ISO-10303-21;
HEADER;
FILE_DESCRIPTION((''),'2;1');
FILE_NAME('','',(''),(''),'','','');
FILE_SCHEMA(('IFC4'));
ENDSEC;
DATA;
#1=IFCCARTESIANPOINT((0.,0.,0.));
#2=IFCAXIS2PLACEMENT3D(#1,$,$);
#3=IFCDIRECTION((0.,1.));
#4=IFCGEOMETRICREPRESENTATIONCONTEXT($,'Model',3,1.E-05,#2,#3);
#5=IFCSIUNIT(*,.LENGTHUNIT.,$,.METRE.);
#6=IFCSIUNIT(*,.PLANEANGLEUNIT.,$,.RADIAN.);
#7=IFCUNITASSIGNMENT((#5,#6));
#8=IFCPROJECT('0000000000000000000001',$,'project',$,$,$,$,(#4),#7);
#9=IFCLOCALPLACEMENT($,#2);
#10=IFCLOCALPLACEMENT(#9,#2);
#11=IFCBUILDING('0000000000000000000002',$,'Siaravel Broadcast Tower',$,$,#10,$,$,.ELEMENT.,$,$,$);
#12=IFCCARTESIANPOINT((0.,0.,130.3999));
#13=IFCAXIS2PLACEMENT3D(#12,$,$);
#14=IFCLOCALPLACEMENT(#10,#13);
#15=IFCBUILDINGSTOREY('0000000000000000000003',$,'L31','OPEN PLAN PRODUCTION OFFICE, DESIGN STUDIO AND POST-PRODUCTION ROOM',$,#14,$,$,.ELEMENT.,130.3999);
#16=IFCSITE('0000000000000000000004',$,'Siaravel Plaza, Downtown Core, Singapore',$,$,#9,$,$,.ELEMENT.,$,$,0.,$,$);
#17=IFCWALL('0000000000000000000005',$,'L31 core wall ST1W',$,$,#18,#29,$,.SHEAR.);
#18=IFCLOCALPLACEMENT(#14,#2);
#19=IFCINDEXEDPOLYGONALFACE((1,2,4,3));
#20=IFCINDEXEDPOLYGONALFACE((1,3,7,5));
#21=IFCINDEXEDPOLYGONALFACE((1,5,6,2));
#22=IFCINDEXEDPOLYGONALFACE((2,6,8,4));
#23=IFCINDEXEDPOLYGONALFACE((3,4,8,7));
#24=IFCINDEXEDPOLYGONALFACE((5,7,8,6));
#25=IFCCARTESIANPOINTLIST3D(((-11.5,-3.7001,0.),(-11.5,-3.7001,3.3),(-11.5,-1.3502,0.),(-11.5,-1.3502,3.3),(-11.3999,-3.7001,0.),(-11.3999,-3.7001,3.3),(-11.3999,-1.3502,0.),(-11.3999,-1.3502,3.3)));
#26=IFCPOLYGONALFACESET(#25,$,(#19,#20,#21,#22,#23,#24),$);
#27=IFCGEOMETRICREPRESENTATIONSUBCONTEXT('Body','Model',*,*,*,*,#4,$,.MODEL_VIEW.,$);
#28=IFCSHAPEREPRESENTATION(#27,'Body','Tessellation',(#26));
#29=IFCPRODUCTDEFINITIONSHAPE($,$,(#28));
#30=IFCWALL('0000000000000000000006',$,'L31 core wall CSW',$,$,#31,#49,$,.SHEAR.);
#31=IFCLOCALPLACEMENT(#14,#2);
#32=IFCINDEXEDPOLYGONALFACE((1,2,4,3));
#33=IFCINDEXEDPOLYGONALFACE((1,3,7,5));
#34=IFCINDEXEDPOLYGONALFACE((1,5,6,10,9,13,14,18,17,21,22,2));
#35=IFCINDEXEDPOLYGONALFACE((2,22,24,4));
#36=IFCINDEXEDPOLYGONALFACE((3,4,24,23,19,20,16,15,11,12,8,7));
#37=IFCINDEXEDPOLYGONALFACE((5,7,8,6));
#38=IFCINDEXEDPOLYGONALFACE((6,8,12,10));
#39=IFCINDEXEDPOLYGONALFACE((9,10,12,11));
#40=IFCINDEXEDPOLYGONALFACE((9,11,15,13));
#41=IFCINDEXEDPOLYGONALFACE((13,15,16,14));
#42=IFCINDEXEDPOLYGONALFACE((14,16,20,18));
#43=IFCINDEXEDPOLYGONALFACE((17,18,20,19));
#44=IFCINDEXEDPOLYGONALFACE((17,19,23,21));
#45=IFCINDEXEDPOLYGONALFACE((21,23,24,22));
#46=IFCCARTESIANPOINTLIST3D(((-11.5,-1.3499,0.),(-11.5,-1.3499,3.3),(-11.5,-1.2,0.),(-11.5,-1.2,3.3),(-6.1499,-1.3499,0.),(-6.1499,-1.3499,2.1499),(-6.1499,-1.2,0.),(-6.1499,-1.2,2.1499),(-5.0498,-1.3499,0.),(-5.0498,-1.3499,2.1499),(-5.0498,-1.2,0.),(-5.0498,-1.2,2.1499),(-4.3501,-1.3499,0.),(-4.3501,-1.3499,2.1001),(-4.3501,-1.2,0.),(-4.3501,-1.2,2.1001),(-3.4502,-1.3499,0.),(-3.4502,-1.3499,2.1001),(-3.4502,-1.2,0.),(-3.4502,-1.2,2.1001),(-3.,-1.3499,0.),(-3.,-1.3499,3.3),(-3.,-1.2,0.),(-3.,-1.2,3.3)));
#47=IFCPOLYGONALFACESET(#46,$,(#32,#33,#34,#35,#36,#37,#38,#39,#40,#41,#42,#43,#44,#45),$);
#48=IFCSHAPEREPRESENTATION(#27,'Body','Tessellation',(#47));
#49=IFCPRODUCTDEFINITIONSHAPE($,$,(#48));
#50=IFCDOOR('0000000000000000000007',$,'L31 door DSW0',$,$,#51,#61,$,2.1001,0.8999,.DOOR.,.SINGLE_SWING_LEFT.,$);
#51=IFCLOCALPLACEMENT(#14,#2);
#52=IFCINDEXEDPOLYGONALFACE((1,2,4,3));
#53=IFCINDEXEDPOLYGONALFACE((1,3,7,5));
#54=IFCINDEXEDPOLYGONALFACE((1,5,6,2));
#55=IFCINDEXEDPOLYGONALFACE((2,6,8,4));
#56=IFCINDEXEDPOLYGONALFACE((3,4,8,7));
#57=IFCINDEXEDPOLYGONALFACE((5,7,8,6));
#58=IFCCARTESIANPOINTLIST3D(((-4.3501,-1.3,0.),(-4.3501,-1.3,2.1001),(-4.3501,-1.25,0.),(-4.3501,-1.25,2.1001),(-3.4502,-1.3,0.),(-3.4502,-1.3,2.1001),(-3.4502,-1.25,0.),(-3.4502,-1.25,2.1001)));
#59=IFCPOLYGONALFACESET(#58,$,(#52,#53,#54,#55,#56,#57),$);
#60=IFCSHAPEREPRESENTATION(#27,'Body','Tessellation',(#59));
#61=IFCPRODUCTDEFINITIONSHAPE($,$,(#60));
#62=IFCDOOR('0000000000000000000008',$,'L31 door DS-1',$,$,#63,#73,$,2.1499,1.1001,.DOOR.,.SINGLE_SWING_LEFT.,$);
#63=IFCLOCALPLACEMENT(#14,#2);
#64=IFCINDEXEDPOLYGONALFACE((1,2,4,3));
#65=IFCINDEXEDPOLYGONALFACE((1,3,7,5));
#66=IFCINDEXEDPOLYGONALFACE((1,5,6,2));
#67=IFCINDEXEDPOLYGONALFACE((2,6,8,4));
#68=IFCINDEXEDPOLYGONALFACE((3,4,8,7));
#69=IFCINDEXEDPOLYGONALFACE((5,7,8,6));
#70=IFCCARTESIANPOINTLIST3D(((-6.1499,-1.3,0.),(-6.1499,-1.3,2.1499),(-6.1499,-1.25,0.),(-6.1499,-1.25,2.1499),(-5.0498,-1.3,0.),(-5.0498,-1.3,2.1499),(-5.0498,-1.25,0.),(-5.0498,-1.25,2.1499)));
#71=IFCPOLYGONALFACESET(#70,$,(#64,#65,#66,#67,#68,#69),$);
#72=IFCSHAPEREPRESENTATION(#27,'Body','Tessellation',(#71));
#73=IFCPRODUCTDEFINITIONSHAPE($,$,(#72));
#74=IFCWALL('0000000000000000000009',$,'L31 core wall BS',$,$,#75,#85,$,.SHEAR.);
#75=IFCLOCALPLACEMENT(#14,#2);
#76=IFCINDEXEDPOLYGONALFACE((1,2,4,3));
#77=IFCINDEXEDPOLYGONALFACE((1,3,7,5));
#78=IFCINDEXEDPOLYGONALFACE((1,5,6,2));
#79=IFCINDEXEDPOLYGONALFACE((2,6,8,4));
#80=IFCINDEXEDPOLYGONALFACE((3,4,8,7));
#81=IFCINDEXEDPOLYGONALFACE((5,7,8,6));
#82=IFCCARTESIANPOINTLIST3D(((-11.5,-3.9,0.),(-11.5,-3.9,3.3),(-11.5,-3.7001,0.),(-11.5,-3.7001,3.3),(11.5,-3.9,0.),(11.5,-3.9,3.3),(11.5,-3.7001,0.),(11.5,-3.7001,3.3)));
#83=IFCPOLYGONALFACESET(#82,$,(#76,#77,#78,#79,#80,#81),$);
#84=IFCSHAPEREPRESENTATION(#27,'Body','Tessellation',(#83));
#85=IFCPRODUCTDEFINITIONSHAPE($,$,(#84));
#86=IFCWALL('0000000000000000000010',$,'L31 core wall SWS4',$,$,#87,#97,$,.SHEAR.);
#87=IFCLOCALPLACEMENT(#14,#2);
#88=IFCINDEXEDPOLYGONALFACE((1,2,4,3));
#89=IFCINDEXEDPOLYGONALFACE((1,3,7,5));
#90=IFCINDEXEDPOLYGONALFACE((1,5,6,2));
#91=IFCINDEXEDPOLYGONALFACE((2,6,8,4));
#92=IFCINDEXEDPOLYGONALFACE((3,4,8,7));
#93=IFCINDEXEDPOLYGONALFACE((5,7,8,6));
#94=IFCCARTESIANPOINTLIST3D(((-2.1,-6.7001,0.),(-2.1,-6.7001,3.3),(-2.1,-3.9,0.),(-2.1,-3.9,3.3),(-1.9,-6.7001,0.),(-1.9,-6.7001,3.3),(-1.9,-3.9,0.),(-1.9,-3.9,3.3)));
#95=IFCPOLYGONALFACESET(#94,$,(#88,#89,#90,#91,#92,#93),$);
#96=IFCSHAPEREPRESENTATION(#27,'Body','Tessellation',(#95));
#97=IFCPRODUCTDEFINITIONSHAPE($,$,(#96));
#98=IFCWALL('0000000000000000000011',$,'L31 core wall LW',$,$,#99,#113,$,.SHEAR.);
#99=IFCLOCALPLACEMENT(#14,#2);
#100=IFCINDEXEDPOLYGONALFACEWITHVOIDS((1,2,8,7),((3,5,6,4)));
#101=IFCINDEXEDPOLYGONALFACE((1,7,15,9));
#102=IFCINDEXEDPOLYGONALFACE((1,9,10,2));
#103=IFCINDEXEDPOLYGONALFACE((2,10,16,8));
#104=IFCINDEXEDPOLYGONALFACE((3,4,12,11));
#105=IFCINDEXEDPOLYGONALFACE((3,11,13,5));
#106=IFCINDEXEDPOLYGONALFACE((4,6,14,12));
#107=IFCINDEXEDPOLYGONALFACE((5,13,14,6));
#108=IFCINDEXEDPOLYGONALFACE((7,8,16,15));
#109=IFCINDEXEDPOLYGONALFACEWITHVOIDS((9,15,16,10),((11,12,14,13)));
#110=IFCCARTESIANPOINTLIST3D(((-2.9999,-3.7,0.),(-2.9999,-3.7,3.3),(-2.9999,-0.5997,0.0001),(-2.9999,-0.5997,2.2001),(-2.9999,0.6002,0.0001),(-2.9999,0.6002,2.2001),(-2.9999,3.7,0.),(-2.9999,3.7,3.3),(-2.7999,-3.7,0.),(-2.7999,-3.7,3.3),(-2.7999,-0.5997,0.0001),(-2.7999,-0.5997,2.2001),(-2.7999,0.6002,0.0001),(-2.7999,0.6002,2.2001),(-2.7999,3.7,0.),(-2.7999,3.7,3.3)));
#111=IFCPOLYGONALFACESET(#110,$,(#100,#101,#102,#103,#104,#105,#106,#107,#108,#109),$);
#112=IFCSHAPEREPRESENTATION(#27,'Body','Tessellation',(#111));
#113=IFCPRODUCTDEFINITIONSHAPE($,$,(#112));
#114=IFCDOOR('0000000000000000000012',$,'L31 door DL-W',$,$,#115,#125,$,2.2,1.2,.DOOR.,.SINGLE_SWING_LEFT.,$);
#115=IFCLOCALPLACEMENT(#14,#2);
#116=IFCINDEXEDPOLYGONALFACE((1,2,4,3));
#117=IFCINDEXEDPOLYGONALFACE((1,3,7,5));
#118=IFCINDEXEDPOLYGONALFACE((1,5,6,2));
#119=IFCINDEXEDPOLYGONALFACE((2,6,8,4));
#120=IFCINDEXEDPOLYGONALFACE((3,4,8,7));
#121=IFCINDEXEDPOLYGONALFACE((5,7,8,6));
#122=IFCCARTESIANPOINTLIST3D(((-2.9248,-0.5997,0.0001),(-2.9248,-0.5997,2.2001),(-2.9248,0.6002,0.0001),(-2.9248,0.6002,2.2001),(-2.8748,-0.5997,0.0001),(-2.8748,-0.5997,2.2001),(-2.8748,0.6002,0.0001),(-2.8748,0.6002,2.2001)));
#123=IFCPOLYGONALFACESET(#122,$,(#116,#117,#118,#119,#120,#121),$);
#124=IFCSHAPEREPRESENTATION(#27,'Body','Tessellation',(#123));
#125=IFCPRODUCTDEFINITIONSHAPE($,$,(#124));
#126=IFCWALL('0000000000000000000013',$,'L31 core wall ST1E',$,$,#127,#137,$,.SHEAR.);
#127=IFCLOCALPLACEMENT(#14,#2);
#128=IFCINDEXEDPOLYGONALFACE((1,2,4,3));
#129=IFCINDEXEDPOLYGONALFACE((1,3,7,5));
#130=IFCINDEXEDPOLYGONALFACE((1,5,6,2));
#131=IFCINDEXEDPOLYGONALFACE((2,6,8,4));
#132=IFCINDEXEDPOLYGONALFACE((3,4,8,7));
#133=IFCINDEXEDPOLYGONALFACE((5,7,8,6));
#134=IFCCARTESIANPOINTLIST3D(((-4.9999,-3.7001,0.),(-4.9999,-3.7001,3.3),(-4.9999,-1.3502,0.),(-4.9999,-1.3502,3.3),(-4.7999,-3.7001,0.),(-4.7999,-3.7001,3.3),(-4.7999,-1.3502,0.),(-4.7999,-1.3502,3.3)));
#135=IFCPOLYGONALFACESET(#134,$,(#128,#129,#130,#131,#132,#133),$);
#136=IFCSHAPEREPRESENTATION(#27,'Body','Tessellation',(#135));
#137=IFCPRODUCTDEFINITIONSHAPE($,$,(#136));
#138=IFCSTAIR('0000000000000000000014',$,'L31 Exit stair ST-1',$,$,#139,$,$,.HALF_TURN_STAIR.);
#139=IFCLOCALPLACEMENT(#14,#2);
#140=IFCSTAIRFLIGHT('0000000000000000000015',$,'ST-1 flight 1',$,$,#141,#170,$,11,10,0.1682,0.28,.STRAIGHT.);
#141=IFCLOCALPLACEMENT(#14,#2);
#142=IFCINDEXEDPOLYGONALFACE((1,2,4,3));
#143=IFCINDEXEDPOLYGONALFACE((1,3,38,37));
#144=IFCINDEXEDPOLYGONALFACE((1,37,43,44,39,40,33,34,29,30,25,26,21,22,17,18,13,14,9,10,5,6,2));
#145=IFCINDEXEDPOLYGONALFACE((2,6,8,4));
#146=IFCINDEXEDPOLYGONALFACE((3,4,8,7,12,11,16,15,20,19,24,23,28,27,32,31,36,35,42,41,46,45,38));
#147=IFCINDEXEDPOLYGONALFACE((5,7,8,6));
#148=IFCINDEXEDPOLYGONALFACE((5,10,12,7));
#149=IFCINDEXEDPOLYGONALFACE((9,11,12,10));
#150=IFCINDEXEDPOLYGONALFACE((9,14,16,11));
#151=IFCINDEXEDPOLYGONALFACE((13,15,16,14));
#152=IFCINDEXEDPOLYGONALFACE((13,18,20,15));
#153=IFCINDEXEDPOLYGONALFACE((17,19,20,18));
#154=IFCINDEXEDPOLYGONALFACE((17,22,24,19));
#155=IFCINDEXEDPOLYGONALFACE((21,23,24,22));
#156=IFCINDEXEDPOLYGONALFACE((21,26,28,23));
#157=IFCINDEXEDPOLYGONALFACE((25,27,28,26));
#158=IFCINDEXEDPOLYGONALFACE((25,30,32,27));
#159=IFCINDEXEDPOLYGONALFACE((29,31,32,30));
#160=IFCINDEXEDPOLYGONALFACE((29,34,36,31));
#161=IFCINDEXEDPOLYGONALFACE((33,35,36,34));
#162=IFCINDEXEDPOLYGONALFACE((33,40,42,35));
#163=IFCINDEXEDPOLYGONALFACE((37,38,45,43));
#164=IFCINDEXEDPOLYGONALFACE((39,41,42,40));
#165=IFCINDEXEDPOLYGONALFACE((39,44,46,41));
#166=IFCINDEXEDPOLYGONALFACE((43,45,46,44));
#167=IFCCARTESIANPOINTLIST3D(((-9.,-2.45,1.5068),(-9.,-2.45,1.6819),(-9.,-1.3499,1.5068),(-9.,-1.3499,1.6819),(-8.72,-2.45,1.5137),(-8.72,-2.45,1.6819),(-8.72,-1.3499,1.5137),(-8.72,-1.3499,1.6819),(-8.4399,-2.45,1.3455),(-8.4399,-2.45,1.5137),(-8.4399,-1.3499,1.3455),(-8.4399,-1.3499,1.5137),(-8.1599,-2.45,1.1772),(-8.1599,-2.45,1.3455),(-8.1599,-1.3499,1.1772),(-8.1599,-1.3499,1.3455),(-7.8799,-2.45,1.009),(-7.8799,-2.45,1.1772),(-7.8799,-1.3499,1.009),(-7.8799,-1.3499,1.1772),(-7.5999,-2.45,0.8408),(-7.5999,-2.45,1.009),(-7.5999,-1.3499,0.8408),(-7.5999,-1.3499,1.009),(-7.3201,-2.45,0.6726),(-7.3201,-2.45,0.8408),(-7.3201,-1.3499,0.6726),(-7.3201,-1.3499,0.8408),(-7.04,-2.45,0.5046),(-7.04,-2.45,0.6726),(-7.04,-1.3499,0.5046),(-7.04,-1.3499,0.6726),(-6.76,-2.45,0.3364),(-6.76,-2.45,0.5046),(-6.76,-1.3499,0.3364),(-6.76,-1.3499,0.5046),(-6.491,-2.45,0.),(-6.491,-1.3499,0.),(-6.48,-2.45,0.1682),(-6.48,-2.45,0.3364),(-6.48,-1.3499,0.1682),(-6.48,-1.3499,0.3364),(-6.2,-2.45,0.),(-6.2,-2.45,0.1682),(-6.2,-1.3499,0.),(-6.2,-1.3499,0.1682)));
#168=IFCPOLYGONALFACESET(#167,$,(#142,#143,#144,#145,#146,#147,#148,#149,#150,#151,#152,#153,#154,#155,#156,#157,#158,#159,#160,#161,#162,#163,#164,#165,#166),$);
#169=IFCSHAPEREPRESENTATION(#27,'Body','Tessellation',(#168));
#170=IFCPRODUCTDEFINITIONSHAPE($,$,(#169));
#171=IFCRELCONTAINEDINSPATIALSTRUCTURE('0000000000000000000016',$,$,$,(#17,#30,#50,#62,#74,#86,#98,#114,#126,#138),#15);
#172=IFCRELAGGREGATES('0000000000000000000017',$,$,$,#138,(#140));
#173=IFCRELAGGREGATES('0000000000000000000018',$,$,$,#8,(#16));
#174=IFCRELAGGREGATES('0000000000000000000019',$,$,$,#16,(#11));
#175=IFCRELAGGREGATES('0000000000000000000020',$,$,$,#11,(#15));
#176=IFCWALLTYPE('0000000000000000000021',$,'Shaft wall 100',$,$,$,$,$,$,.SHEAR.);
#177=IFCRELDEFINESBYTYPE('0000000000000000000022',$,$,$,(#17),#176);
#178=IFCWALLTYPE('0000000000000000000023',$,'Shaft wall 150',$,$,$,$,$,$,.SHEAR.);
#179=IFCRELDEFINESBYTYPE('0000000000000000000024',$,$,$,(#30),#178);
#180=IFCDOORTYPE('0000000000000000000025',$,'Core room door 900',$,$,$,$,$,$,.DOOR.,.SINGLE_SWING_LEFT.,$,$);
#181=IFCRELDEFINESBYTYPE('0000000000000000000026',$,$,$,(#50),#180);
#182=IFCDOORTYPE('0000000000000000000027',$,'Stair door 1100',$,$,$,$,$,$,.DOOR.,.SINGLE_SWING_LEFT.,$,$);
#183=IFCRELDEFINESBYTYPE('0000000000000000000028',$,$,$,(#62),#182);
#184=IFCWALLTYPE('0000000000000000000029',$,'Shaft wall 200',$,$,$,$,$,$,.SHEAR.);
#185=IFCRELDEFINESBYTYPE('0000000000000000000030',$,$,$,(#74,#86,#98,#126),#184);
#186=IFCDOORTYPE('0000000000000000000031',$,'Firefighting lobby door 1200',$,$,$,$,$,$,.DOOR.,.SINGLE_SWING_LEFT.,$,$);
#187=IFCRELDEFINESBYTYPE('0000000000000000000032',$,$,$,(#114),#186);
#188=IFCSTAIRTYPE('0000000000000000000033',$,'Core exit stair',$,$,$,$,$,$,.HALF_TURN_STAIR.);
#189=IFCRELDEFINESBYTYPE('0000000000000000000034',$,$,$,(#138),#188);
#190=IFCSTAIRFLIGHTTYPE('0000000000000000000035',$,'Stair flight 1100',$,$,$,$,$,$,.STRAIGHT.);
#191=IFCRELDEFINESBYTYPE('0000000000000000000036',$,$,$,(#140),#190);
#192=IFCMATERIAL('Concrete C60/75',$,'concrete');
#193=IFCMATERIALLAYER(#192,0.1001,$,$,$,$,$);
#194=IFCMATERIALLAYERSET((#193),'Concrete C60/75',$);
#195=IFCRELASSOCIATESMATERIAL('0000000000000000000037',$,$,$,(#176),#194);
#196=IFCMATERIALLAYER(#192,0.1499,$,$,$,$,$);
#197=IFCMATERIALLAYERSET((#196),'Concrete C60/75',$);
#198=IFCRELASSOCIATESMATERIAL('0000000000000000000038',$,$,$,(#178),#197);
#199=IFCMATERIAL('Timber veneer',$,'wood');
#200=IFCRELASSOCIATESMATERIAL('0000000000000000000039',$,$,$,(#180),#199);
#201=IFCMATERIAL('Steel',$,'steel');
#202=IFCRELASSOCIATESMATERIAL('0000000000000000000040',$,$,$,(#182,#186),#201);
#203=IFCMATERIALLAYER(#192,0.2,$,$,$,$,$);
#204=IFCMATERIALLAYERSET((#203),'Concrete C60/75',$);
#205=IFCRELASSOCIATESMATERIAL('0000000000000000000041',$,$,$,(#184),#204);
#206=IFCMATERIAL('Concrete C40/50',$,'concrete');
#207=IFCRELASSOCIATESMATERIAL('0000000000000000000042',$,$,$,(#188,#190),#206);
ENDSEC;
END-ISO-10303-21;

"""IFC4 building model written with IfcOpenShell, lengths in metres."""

from ifc_helpers import new_model, si_unit, direction, frame, frame_2d, origin, place, context, subcontext, project, spatial, polyline, rectangle, outline, extrude, material, layer, layer_set, type_object, element, fill, aggregate, save


model = new_model("IFC4")

# Units and contexts
model_context = context("Model", 3, precision=1e-05, world=origin(), true_north=direction((0.0, 1.0)))
body_context = subcontext(model_context, "Body", "Model", "MODEL_VIEW")
ifc_project = project(units=[si_unit("LENGTHUNIT", "METRE"), si_unit("PLANEANGLEUNIT", "RADIAN")], contexts=[model_context])

# Site, building, storey
site_placement = place(None, origin())
site = spatial("IfcSite", under=ifc_project, at=site_placement, Name="Siaravel Plaza, Downtown Core, Singapore", CompositionType="ELEMENT", RefElevation=0.0)
building_placement = place(site_placement, origin())
building = spatial("IfcBuilding", under=site, at=building_placement, Name="Siaravel Broadcast Tower", CompositionType="ELEMENT")
storey_placement = place(building_placement, frame((0.0, 0.0, 130.3999)))
storey = spatial("IfcBuildingStorey", under=building, at=storey_placement, Name="L31", Description="OPEN PLAN PRODUCTION OFFICE, DESIGN STUDIO AND POST-PRODUCTION ROOM", CompositionType="ELEMENT", Elevation=130.3999)

# Wall
ifc_material_1 = material(Name="Concrete C60/75", Category="concrete")
ifc_layer_1 = layer(ifc_material_1, 0.1001)
ifc_layer_set_1 = layer_set([ifc_layer_1], Name="Concrete C60/75")
wall_type_1 = type_object("IfcWallType", Name="Shaft wall 100", PredefinedType="SHEAR", material=ifc_layer_set_1)
wall_1_placement = place(storey_placement, frame((-11.45, -3.7, 0.0), z_axis=(0.0, 0.0, 1.0), x_axis=(0.0, 1.0, 0.0)))
element("IfcWall", 1, at=wall_1_placement, inside=storey, type_object=wall_type_1, Name="L31 core wall ST1W", PredefinedType="SHEAR", context=body_context, shape_type="SweptSolid", body=[
    extrude(rectangle(XDim=2.3499, YDim=0.1001, at=frame_2d((1.1748, 0.0))), origin(), (0.0, 0.0, 1.0), 3.3),
])

# Wall, openings, doors
ifc_layer_2 = layer(ifc_material_1, 0.1499)
ifc_layer_set_2 = layer_set([ifc_layer_2], Name="Concrete C60/75")
wall_type_2 = type_object("IfcWallType", Name="Shaft wall 150", PredefinedType="SHEAR", material=ifc_layer_set_2)
wall_2_placement = place(storey_placement, frame((-11.5, -1.2749, 0.0), z_axis=(0.0, 0.0, 1.0), x_axis=(1.0, 0.0, 0.0)))
wall_2 = element("IfcWall", 2, at=wall_2_placement, inside=storey, type_object=wall_type_2, Name="L31 core wall CSW", PredefinedType="SHEAR", context=body_context, shape_type="SweptSolid", body=[
    extrude(rectangle(XDim=8.5, YDim=0.1499, at=frame_2d((4.25, 0.0))), origin(), (0.0, 0.0, 1.0), 3.3),
])
opening_1_placement = place(wall_2_placement, frame((5.3501, 0.0, 0.0)))
opening_1 = element("IfcOpeningElement", 3, at=opening_1_placement, cuts=wall_2, PredefinedType="OPENING", context=body_context, shape_type="SweptSolid", body=[
    extrude(rectangle(XDim=1.1001, YDim=2.1499, at=frame_2d((0.55, 1.075))), frame((0.0, 0.085, 0.0), z_axis=(0.0, -1.0, 0.0), x_axis=(1.0, 0.0, 0.0)), (0.0, 0.0, 1.0), 0.1699),
])
opening_2_placement = place(wall_2_placement, frame((7.1499, 0.0, 0.0)))
opening_2 = element("IfcOpeningElement", 4, at=opening_2_placement, cuts=wall_2, PredefinedType="OPENING", context=body_context, shape_type="SweptSolid", body=[
    extrude(rectangle(XDim=0.8999, YDim=2.1001, at=frame_2d((0.45, 1.05))), frame((0.0, 0.085, 0.0), z_axis=(0.0, -1.0, 0.0), x_axis=(1.0, 0.0, 0.0)), (0.0, 0.0, 1.0), 0.1699),
])
ifc_material_2 = material(Name="Timber veneer", Category="wood")
door_type_1 = type_object("IfcDoorType", Name="Core room door 900", OperationType="SINGLE_SWING_LEFT", PredefinedType="DOOR", material=ifc_material_2)
door_1_placement = place(opening_2_placement, origin())
door_1 = element("IfcDoor", 5, at=door_1_placement, inside=storey, type_object=door_type_1, Name="L31 door DSW0", OperationType="SINGLE_SWING_LEFT", OverallHeight=2.1001, OverallWidth=0.8999, PredefinedType="DOOR", context=body_context, shape_type="SweptSolid", body=[
    extrude(rectangle(XDim=0.8999, YDim=2.1001, at=frame_2d((0.45, 1.05))), frame((0.0, 0.0249, 0.0), z_axis=(0.0, -1.0, 0.0), x_axis=(1.0, 0.0, 0.0)), (0.0, 0.0, 1.0), 0.05),
])
fill(opening_2, door_1)
ifc_material_3 = material(Name="Steel", Category="steel")
door_type_2 = type_object("IfcDoorType", Name="Stair door 1100", OperationType="SINGLE_SWING_LEFT", PredefinedType="DOOR", material=ifc_material_3)
door_2_placement = place(opening_1_placement, origin())
door_2 = element("IfcDoor", 6, at=door_2_placement, inside=storey, type_object=door_type_2, Name="L31 door DS-1", OperationType="SINGLE_SWING_LEFT", OverallHeight=2.1499, OverallWidth=1.1001, PredefinedType="DOOR", context=body_context, shape_type="SweptSolid", body=[
    extrude(rectangle(XDim=1.1001, YDim=2.1499, at=frame_2d((0.55, 1.075))), frame((0.0, 0.0249, 0.0), z_axis=(0.0, -1.0, 0.0), x_axis=(1.0, 0.0, 0.0)), (0.0, 0.0, 1.0), 0.05),
])
fill(opening_1, door_2)

# Walls
ifc_layer_3 = layer(ifc_material_1, 0.2)
ifc_layer_set_3 = layer_set([ifc_layer_3], Name="Concrete C60/75")
wall_type_3 = type_object("IfcWallType", Name="Shaft wall 200", PredefinedType="SHEAR", material=ifc_layer_set_3)
wall_3_placement = place(storey_placement, frame((-11.5, -3.8, 0.0), z_axis=(0.0, 0.0, 1.0), x_axis=(1.0, 0.0, 0.0)))
element("IfcWall", 7, at=wall_3_placement, inside=storey, type_object=wall_type_3, Name="L31 core wall BS", PredefinedType="SHEAR", context=body_context, shape_type="SweptSolid", body=[
    extrude(rectangle(XDim=23.0, YDim=0.2, at=frame_2d((11.5, 0.0))), origin(), (0.0, 0.0, 1.0), 3.3),
])
wall_4_placement = place(storey_placement, frame((-2.0, -6.7, 0.0), z_axis=(0.0, 0.0, 1.0), x_axis=(0.0, 1.0, 0.0)))
element("IfcWall", 8, at=wall_4_placement, inside=storey, type_object=wall_type_3, Name="L31 core wall SWS4", PredefinedType="SHEAR", context=body_context, shape_type="SweptSolid", body=[
    extrude(rectangle(XDim=2.8, YDim=0.2, at=frame_2d((1.3999, 0.0))), origin(), (0.0, 0.0, 1.0), 3.3),
])

# Wall, opening, door
wall_5_placement = place(storey_placement, frame((-2.8999, -3.7, 0.0), z_axis=(0.0, 0.0, 1.0), x_axis=(0.0, 1.0, 0.0)))
wall_5 = element("IfcWall", 9, at=wall_5_placement, inside=storey, type_object=wall_type_3, Name="L31 core wall LW", PredefinedType="SHEAR", context=body_context, shape_type="SweptSolid", body=[
    extrude(rectangle(XDim=7.3999, YDim=0.2, at=frame_2d((3.7, 0.0))), origin(), (0.0, 0.0, 1.0), 3.3),
])
opening_3_placement = place(wall_5_placement, frame((3.1001, 0.0, 0.0)))
opening_3 = element("IfcOpeningElement", 10, at=opening_3_placement, cuts=wall_5, PredefinedType="OPENING", context=body_context, shape_type="SweptSolid", body=[
    extrude(rectangle(XDim=1.2, YDim=2.2, at=frame_2d((0.6001, 1.1001))), frame((0.0, 0.1099, 0.0), z_axis=(0.0, -1.0, 0.0), x_axis=(1.0, 0.0, 0.0)), (0.0, 0.0, 1.0), 0.22),
])
door_type_3 = type_object("IfcDoorType", Name="Firefighting lobby door 1200", OperationType="SINGLE_SWING_LEFT", PredefinedType="DOOR", material=ifc_material_3)
door_3_placement = place(opening_3_placement, origin())
door_3 = element("IfcDoor", 11, at=door_3_placement, inside=storey, type_object=door_type_3, Name="L31 door DL-W", OperationType="SINGLE_SWING_LEFT", OverallHeight=2.2, OverallWidth=1.2, PredefinedType="DOOR", context=body_context, shape_type="SweptSolid", body=[
    extrude(rectangle(XDim=1.2, YDim=2.2, at=frame_2d((0.6001, 1.1001))), frame((0.0, 0.0249, 0.0), z_axis=(0.0, -1.0, 0.0), x_axis=(1.0, 0.0, 0.0)), (0.0, 0.0, 1.0), 0.05),
])
fill(opening_3, door_3)

# Wall
wall_6_placement = place(storey_placement, frame((-4.8999, -3.7, 0.0), z_axis=(0.0, 0.0, 1.0), x_axis=(0.0, 1.0, 0.0)))
element("IfcWall", 12, at=wall_6_placement, inside=storey, type_object=wall_type_3, Name="L31 core wall ST1E", PredefinedType="SHEAR", context=body_context, shape_type="SweptSolid", body=[
    extrude(rectangle(XDim=2.3499, YDim=0.2, at=frame_2d((1.1748, 0.0))), origin(), (0.0, 0.0, 1.0), 3.3),
])

# Stair, stair flight
ifc_material_4 = material(Name="Concrete C40/50", Category="concrete")
stair_type = type_object("IfcStairType", Name="Core exit stair", PredefinedType="HALF_TURN_STAIR", material=ifc_material_4)
stair_placement = place(storey_placement, origin())
stair = element("IfcStair", 13, at=stair_placement, inside=storey, type_object=stair_type, Name="L31 Exit stair ST-1", PredefinedType="HALF_TURN_STAIR")
stair_flight_type = type_object("IfcStairFlightType", Name="Stair flight 1100", PredefinedType="STRAIGHT", material=ifc_material_4)
stair_flight_1_placement = place(storey_placement, frame((-6.2, -1.8999, 0.0), z_axis=(0.0, 0.0, 1.0), x_axis=(-1.0, 0.0, 0.0)))
stair_flight_1 = element("IfcStairFlight", 14, at=stair_flight_1_placement, type_object=stair_flight_type, Name="ST-1 flight 1", NumberOfRisers=11, NumberOfTreads=10, PredefinedType="STRAIGHT", RiserHeight=0.1682, TreadLength=0.28, context=body_context, shape_type="SweptSolid", body=[
    extrude(outline(polyline([(0.0, 0.0), (0.0, 0.1682), (0.28, 0.1682), (0.28, 0.3364), (0.5601, 0.3364), (0.5601, 0.5046), (0.8401, 0.5046), (0.8401, 0.6726), (1.1201, 0.6726), (1.1201, 0.8408), (1.3999, 0.8408), (1.3999, 1.009), (1.6799, 1.009), (1.6799, 1.1772), (1.96, 1.1772), (1.96, 1.3455), (2.24, 1.3455), (2.24, 1.5137), (2.52, 1.5137), (2.52, 1.6819), (2.8, 1.6819), (2.8, 1.8501), (2.8, 1.5068), (0.291, 0.0), (0.0, 0.0)])), frame((0.0, 0.55, 0.0), z_axis=(0.0, -1.0, 0.0), x_axis=(1.0, 0.0, 0.0)), (0.0, 0.0, 1.0), 1.1001),
])
aggregate(stair, [stair_flight_1])

save(model, "model.ifc")
